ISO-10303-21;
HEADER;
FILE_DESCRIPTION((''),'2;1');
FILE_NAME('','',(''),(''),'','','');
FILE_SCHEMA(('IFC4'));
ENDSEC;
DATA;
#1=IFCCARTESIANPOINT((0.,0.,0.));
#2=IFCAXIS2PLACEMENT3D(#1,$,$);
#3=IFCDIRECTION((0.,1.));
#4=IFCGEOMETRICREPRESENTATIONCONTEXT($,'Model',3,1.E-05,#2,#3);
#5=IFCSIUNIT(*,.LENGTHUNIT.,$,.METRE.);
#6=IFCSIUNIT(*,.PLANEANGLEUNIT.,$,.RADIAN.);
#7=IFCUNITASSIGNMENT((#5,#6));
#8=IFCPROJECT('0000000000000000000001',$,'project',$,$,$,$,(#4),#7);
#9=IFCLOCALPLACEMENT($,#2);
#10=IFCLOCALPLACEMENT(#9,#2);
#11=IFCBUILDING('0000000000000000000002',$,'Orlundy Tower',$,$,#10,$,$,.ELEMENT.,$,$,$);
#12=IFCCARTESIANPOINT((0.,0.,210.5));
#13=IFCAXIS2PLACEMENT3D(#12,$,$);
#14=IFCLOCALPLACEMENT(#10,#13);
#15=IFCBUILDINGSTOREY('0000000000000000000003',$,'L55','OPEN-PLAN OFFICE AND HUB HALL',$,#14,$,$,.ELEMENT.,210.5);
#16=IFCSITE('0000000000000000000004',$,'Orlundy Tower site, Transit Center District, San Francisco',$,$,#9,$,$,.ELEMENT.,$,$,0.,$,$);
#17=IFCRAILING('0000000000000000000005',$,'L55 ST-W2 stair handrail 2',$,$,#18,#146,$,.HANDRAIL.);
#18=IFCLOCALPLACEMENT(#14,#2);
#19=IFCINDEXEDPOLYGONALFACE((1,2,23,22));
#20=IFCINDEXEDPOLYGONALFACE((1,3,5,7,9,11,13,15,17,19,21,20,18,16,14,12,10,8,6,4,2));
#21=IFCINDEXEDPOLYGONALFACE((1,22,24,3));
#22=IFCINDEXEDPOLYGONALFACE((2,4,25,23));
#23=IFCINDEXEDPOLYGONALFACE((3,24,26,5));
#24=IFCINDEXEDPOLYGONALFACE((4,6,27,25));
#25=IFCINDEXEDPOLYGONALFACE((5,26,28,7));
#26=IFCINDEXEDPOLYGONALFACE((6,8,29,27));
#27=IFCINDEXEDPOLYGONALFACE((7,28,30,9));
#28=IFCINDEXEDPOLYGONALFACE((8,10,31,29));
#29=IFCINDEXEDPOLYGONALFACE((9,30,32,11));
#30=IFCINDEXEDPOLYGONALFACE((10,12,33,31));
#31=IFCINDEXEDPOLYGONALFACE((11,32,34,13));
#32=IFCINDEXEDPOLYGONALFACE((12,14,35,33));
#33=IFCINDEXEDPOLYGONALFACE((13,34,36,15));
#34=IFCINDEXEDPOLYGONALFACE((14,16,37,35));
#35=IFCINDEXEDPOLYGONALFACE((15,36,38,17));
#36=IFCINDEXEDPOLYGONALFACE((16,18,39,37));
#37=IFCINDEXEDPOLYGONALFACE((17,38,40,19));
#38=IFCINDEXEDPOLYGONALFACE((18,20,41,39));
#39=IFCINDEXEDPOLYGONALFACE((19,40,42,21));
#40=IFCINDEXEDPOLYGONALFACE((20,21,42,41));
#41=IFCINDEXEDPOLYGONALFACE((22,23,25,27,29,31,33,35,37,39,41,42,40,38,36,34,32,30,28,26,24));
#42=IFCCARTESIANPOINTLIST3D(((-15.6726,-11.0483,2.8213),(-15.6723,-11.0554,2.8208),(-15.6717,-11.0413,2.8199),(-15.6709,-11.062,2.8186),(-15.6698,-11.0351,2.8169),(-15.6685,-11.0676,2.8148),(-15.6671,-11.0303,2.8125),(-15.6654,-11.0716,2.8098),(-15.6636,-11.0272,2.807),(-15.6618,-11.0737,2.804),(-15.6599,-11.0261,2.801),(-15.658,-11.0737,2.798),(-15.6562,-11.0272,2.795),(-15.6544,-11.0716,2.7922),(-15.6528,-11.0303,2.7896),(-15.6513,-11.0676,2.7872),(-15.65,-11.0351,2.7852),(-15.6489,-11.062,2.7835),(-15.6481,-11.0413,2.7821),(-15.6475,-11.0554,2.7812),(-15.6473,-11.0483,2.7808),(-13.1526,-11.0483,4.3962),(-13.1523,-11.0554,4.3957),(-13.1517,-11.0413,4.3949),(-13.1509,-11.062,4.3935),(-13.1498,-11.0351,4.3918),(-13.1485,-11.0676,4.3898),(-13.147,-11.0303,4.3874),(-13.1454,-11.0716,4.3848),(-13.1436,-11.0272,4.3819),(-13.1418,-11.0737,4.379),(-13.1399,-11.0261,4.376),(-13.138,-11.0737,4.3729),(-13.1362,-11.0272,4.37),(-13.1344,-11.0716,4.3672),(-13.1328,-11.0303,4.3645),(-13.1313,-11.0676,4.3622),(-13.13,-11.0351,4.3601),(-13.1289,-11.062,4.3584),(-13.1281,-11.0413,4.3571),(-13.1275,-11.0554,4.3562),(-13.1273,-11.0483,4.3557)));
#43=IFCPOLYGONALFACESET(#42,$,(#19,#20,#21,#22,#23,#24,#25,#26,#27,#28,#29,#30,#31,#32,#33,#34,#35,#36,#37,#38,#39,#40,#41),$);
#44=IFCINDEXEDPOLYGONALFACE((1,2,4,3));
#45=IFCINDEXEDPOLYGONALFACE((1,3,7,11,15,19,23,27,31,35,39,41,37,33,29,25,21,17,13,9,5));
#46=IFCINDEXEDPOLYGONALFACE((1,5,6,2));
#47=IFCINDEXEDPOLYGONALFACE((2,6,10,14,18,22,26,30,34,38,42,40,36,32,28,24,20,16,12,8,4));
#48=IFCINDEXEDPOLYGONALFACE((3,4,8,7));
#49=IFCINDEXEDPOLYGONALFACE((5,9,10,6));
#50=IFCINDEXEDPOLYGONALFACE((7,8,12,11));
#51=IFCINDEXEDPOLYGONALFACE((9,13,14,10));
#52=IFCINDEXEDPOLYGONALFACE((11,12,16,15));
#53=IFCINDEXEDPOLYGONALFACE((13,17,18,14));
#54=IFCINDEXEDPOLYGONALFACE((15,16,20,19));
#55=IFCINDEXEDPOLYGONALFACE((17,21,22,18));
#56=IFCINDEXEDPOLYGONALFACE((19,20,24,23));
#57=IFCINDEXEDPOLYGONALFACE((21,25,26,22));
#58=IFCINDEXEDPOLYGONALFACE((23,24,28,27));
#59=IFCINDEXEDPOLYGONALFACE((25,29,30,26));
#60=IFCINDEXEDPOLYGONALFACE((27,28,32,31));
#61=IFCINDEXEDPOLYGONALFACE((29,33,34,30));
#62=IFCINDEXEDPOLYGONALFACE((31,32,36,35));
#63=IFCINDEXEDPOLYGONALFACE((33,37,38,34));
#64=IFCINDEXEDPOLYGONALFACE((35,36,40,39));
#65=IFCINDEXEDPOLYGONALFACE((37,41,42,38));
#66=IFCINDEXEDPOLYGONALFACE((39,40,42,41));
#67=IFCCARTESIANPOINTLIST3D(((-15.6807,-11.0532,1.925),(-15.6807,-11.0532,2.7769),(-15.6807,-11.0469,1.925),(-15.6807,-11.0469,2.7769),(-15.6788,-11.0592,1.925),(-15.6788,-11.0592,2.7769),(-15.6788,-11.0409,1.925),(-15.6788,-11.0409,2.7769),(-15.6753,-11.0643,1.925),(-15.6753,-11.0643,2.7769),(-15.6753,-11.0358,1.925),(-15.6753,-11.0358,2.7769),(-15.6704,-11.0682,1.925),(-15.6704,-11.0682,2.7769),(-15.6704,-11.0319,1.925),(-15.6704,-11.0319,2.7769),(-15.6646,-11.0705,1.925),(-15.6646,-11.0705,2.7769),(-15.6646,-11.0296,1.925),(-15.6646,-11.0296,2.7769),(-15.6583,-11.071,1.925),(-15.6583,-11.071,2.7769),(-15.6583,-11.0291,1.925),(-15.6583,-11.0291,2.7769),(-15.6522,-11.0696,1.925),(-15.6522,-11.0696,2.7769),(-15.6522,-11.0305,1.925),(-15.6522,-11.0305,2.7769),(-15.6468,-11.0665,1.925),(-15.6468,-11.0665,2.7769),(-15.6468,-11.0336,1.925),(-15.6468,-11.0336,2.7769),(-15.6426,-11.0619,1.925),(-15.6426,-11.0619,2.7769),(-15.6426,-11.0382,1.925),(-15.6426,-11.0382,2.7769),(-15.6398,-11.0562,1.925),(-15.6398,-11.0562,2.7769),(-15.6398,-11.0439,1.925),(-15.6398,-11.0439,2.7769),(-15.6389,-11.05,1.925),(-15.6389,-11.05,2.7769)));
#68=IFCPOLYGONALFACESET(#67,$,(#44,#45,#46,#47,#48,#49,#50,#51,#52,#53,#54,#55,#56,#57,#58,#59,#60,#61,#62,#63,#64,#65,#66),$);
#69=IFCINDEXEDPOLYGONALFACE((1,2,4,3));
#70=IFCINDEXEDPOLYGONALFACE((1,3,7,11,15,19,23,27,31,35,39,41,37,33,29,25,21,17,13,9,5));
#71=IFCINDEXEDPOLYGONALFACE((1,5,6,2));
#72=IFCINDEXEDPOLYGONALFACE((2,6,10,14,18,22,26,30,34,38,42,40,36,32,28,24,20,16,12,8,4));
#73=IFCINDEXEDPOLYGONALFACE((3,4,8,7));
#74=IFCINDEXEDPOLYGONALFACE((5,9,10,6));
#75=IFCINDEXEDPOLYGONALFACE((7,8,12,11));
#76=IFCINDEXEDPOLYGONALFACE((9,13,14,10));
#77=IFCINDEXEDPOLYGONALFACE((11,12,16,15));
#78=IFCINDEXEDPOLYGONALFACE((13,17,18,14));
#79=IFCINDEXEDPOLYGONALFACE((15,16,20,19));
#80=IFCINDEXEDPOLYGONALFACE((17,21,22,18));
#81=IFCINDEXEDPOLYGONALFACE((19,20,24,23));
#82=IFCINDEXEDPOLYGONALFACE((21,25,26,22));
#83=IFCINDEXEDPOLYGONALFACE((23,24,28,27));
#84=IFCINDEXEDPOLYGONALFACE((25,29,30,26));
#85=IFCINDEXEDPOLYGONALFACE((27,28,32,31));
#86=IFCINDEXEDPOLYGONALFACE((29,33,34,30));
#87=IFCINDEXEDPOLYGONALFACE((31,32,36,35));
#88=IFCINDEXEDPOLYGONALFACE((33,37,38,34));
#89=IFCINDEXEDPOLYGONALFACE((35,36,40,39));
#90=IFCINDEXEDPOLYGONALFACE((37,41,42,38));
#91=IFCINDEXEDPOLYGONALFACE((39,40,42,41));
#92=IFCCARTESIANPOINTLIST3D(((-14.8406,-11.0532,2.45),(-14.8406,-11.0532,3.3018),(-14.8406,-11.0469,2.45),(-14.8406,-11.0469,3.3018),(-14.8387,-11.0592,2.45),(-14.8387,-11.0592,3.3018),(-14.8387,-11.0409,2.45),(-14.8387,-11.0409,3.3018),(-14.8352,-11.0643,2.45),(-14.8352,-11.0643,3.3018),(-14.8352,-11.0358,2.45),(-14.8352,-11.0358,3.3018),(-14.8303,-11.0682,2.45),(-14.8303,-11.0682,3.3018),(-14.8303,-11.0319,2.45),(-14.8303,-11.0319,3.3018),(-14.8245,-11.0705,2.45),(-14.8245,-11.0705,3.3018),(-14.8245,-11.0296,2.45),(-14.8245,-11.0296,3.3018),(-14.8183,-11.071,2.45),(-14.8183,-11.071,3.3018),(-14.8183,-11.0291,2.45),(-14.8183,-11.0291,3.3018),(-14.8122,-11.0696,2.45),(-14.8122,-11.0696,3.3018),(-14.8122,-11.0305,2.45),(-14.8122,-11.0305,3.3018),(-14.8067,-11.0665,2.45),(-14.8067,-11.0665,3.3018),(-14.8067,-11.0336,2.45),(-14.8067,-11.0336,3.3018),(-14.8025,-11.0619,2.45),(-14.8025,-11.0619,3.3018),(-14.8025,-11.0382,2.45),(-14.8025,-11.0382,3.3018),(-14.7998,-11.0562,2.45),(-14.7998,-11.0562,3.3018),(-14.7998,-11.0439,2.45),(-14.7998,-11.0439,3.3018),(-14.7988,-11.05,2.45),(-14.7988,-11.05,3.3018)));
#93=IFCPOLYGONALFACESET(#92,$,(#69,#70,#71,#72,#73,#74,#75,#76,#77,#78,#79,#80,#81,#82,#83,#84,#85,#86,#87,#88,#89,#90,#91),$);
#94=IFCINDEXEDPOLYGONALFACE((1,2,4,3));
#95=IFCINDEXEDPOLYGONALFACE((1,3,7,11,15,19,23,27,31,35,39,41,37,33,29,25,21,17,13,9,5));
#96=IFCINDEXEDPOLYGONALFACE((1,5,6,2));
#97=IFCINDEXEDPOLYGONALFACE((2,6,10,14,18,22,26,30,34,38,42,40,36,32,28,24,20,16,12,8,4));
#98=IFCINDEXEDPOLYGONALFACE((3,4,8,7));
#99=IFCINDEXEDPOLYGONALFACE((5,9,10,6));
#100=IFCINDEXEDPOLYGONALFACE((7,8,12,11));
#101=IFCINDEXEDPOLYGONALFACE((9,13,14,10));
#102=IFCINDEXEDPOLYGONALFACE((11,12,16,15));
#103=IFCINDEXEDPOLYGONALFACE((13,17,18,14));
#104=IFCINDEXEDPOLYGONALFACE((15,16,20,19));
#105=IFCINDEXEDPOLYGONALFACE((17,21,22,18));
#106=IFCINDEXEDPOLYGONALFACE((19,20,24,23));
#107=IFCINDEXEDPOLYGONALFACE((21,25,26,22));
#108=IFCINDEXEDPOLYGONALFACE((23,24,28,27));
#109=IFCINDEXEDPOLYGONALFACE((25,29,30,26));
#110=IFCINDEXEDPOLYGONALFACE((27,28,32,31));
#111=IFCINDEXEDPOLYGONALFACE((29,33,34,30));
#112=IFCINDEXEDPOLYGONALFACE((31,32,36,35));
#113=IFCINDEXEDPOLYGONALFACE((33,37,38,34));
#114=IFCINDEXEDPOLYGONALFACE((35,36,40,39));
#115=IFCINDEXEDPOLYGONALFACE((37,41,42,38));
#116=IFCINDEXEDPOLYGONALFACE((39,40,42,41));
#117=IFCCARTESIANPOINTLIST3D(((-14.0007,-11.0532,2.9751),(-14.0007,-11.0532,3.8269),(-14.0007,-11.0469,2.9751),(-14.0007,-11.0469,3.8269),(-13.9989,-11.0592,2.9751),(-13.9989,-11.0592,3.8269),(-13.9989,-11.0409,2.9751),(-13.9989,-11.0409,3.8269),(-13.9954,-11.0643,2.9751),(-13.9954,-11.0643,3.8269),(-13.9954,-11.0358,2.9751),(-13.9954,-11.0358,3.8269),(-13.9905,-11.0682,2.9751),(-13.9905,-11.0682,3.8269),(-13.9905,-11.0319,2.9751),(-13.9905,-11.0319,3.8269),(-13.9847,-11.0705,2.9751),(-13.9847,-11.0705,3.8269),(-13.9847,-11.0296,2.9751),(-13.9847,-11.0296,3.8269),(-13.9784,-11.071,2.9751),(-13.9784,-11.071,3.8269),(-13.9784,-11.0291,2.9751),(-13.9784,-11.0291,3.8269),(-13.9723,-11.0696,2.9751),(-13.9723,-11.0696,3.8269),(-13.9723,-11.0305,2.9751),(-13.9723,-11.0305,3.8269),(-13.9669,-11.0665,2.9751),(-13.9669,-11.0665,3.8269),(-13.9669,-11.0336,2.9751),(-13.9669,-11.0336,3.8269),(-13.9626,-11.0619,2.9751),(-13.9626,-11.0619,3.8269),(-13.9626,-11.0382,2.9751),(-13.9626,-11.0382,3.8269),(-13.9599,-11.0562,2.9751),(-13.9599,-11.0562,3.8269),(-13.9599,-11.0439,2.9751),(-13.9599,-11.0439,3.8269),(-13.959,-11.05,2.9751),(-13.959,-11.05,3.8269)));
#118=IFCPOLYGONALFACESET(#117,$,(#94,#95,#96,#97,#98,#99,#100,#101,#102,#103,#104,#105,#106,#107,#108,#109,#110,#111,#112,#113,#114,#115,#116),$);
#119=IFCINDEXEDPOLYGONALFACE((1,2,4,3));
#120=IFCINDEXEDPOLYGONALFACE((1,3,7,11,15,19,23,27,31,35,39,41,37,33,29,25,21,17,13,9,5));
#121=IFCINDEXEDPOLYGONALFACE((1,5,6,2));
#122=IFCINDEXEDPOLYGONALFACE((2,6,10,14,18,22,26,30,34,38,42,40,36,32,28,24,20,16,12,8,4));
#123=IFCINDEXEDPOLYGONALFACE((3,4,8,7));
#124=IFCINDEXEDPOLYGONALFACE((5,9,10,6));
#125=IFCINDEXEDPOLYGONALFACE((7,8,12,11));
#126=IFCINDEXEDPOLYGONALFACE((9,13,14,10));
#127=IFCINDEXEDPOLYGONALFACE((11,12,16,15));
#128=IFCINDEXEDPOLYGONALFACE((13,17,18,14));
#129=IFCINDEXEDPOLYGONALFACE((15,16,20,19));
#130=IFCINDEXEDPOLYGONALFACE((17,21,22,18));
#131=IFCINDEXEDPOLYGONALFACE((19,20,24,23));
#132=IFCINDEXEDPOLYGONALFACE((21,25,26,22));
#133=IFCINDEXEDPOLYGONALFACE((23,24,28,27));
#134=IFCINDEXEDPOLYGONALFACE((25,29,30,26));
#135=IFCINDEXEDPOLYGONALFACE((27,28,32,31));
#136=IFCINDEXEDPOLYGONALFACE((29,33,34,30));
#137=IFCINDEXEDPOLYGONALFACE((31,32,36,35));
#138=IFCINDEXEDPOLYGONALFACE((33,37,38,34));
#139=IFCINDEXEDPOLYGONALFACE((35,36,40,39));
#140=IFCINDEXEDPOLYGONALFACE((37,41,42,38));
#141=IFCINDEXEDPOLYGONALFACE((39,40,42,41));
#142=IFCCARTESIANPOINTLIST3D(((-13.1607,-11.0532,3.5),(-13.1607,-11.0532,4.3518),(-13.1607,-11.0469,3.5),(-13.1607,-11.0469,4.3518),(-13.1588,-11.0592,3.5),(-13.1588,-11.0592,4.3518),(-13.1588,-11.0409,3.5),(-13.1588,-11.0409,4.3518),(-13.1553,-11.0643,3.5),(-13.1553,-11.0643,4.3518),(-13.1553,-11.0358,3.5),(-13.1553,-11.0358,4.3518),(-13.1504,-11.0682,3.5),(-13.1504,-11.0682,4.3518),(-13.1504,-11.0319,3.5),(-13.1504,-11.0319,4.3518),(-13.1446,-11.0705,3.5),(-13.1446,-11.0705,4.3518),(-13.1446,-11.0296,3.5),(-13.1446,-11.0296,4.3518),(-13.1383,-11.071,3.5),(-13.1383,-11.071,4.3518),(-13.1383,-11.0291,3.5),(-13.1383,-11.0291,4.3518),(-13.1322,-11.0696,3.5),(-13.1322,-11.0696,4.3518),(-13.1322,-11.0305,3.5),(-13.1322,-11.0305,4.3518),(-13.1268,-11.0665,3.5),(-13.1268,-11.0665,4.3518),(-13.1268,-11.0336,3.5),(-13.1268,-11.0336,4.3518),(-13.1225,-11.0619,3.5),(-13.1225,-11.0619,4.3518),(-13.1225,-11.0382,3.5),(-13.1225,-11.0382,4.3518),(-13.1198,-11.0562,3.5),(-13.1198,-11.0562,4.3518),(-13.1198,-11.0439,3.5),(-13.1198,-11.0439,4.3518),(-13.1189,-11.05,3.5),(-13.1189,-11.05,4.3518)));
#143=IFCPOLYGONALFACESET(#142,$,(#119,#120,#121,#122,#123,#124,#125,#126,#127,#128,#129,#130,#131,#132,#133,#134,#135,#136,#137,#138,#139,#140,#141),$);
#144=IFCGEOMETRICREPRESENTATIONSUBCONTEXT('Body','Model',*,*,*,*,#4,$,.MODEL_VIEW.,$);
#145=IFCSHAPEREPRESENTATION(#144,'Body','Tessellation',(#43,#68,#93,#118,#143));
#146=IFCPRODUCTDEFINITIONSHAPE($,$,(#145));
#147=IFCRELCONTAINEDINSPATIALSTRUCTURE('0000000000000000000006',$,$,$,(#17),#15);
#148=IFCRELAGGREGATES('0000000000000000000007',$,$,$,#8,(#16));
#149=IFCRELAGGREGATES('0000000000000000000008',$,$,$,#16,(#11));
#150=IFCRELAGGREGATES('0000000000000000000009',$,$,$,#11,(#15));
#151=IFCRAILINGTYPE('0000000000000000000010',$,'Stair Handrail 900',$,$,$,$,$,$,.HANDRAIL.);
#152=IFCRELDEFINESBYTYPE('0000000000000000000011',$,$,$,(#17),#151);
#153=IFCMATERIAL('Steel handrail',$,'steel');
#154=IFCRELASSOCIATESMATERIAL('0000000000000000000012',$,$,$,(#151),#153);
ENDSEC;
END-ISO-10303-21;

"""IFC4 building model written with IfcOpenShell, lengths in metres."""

from ifc_helpers import new_model, si_unit, direction, frame, origin, origin_2d, place, context, subcontext, project, spatial, circle, extrude, material, type_object, element, save


model = new_model("IFC4")

# Units and contexts
model_context = context("Model", 3, precision=1e-05, world=origin(), true_north=direction((0.0, 1.0)))
body_context = subcontext(model_context, "Body", "Model", "MODEL_VIEW")
ifc_project = project(units=[si_unit("LENGTHUNIT", "METRE"), si_unit("PLANEANGLEUNIT", "RADIAN")], contexts=[model_context])

# Site, building, storey
site_placement = place(None, origin())
site = spatial("IfcSite", under=ifc_project, at=site_placement, Name="Orlundy Tower site, Transit Center District, San Francisco", CompositionType="ELEMENT", RefElevation=0.0)
building_placement = place(site_placement, origin())
building = spatial("IfcBuilding", under=site, at=building_placement, Name="Orlundy Tower", CompositionType="ELEMENT")
storey_placement = place(building_placement, frame((0.0, 0.0, 210.5)))
storey = spatial("IfcBuildingStorey", under=building, at=storey_placement, Name="L55", Description="OPEN-PLAN OFFICE AND HUB HALL", CompositionType="ELEMENT", Elevation=210.5)

# Railing
ifc_material_1 = material(Name="Steel handrail", Category="steel")
railing_type_1 = type_object("IfcRailingType", Name="Stair Handrail 900", PredefinedType="HANDRAIL", material=ifc_material_1)
railing_1_placement = place(storey_placement, frame((-15.6599, -11.05, 1.925)))
element("IfcRailing", 1, at=railing_1_placement, inside=storey, type_object=railing_type_1, Name="L55 ST-W2 stair handrail 2", PredefinedType="HANDRAIL", context=body_context, shape_type="SweptSolid", body=[
    extrude(circle(Radius=0.0239, at=origin_2d()), frame((0.0, 0.0, 0.876), z_axis=(0.848008, 0.0, 0.529984), x_axis=(0.0, 1.0, 0.0)), (0.0, 0.0, 1.0), 2.9717),
    extrude(circle(Radius=0.021, at=origin_2d()), origin(), (0.0, 0.0, 1.0), 0.8518),
    extrude(circle(Radius=0.021, at=origin_2d()), frame((0.8401, 0.0, 0.5249)), (0.0, 0.0, 1.0), 0.8518),
    extrude(circle(Radius=0.021, at=origin_2d()), frame((1.6799, 0.0, 1.05)), (0.0, 0.0, 1.0), 0.8518),
    extrude(circle(Radius=0.021, at=origin_2d()), frame((2.52, 0.0, 1.575)), (0.0, 0.0, 1.0), 0.8518),
])

save(model, "model.ifc")
